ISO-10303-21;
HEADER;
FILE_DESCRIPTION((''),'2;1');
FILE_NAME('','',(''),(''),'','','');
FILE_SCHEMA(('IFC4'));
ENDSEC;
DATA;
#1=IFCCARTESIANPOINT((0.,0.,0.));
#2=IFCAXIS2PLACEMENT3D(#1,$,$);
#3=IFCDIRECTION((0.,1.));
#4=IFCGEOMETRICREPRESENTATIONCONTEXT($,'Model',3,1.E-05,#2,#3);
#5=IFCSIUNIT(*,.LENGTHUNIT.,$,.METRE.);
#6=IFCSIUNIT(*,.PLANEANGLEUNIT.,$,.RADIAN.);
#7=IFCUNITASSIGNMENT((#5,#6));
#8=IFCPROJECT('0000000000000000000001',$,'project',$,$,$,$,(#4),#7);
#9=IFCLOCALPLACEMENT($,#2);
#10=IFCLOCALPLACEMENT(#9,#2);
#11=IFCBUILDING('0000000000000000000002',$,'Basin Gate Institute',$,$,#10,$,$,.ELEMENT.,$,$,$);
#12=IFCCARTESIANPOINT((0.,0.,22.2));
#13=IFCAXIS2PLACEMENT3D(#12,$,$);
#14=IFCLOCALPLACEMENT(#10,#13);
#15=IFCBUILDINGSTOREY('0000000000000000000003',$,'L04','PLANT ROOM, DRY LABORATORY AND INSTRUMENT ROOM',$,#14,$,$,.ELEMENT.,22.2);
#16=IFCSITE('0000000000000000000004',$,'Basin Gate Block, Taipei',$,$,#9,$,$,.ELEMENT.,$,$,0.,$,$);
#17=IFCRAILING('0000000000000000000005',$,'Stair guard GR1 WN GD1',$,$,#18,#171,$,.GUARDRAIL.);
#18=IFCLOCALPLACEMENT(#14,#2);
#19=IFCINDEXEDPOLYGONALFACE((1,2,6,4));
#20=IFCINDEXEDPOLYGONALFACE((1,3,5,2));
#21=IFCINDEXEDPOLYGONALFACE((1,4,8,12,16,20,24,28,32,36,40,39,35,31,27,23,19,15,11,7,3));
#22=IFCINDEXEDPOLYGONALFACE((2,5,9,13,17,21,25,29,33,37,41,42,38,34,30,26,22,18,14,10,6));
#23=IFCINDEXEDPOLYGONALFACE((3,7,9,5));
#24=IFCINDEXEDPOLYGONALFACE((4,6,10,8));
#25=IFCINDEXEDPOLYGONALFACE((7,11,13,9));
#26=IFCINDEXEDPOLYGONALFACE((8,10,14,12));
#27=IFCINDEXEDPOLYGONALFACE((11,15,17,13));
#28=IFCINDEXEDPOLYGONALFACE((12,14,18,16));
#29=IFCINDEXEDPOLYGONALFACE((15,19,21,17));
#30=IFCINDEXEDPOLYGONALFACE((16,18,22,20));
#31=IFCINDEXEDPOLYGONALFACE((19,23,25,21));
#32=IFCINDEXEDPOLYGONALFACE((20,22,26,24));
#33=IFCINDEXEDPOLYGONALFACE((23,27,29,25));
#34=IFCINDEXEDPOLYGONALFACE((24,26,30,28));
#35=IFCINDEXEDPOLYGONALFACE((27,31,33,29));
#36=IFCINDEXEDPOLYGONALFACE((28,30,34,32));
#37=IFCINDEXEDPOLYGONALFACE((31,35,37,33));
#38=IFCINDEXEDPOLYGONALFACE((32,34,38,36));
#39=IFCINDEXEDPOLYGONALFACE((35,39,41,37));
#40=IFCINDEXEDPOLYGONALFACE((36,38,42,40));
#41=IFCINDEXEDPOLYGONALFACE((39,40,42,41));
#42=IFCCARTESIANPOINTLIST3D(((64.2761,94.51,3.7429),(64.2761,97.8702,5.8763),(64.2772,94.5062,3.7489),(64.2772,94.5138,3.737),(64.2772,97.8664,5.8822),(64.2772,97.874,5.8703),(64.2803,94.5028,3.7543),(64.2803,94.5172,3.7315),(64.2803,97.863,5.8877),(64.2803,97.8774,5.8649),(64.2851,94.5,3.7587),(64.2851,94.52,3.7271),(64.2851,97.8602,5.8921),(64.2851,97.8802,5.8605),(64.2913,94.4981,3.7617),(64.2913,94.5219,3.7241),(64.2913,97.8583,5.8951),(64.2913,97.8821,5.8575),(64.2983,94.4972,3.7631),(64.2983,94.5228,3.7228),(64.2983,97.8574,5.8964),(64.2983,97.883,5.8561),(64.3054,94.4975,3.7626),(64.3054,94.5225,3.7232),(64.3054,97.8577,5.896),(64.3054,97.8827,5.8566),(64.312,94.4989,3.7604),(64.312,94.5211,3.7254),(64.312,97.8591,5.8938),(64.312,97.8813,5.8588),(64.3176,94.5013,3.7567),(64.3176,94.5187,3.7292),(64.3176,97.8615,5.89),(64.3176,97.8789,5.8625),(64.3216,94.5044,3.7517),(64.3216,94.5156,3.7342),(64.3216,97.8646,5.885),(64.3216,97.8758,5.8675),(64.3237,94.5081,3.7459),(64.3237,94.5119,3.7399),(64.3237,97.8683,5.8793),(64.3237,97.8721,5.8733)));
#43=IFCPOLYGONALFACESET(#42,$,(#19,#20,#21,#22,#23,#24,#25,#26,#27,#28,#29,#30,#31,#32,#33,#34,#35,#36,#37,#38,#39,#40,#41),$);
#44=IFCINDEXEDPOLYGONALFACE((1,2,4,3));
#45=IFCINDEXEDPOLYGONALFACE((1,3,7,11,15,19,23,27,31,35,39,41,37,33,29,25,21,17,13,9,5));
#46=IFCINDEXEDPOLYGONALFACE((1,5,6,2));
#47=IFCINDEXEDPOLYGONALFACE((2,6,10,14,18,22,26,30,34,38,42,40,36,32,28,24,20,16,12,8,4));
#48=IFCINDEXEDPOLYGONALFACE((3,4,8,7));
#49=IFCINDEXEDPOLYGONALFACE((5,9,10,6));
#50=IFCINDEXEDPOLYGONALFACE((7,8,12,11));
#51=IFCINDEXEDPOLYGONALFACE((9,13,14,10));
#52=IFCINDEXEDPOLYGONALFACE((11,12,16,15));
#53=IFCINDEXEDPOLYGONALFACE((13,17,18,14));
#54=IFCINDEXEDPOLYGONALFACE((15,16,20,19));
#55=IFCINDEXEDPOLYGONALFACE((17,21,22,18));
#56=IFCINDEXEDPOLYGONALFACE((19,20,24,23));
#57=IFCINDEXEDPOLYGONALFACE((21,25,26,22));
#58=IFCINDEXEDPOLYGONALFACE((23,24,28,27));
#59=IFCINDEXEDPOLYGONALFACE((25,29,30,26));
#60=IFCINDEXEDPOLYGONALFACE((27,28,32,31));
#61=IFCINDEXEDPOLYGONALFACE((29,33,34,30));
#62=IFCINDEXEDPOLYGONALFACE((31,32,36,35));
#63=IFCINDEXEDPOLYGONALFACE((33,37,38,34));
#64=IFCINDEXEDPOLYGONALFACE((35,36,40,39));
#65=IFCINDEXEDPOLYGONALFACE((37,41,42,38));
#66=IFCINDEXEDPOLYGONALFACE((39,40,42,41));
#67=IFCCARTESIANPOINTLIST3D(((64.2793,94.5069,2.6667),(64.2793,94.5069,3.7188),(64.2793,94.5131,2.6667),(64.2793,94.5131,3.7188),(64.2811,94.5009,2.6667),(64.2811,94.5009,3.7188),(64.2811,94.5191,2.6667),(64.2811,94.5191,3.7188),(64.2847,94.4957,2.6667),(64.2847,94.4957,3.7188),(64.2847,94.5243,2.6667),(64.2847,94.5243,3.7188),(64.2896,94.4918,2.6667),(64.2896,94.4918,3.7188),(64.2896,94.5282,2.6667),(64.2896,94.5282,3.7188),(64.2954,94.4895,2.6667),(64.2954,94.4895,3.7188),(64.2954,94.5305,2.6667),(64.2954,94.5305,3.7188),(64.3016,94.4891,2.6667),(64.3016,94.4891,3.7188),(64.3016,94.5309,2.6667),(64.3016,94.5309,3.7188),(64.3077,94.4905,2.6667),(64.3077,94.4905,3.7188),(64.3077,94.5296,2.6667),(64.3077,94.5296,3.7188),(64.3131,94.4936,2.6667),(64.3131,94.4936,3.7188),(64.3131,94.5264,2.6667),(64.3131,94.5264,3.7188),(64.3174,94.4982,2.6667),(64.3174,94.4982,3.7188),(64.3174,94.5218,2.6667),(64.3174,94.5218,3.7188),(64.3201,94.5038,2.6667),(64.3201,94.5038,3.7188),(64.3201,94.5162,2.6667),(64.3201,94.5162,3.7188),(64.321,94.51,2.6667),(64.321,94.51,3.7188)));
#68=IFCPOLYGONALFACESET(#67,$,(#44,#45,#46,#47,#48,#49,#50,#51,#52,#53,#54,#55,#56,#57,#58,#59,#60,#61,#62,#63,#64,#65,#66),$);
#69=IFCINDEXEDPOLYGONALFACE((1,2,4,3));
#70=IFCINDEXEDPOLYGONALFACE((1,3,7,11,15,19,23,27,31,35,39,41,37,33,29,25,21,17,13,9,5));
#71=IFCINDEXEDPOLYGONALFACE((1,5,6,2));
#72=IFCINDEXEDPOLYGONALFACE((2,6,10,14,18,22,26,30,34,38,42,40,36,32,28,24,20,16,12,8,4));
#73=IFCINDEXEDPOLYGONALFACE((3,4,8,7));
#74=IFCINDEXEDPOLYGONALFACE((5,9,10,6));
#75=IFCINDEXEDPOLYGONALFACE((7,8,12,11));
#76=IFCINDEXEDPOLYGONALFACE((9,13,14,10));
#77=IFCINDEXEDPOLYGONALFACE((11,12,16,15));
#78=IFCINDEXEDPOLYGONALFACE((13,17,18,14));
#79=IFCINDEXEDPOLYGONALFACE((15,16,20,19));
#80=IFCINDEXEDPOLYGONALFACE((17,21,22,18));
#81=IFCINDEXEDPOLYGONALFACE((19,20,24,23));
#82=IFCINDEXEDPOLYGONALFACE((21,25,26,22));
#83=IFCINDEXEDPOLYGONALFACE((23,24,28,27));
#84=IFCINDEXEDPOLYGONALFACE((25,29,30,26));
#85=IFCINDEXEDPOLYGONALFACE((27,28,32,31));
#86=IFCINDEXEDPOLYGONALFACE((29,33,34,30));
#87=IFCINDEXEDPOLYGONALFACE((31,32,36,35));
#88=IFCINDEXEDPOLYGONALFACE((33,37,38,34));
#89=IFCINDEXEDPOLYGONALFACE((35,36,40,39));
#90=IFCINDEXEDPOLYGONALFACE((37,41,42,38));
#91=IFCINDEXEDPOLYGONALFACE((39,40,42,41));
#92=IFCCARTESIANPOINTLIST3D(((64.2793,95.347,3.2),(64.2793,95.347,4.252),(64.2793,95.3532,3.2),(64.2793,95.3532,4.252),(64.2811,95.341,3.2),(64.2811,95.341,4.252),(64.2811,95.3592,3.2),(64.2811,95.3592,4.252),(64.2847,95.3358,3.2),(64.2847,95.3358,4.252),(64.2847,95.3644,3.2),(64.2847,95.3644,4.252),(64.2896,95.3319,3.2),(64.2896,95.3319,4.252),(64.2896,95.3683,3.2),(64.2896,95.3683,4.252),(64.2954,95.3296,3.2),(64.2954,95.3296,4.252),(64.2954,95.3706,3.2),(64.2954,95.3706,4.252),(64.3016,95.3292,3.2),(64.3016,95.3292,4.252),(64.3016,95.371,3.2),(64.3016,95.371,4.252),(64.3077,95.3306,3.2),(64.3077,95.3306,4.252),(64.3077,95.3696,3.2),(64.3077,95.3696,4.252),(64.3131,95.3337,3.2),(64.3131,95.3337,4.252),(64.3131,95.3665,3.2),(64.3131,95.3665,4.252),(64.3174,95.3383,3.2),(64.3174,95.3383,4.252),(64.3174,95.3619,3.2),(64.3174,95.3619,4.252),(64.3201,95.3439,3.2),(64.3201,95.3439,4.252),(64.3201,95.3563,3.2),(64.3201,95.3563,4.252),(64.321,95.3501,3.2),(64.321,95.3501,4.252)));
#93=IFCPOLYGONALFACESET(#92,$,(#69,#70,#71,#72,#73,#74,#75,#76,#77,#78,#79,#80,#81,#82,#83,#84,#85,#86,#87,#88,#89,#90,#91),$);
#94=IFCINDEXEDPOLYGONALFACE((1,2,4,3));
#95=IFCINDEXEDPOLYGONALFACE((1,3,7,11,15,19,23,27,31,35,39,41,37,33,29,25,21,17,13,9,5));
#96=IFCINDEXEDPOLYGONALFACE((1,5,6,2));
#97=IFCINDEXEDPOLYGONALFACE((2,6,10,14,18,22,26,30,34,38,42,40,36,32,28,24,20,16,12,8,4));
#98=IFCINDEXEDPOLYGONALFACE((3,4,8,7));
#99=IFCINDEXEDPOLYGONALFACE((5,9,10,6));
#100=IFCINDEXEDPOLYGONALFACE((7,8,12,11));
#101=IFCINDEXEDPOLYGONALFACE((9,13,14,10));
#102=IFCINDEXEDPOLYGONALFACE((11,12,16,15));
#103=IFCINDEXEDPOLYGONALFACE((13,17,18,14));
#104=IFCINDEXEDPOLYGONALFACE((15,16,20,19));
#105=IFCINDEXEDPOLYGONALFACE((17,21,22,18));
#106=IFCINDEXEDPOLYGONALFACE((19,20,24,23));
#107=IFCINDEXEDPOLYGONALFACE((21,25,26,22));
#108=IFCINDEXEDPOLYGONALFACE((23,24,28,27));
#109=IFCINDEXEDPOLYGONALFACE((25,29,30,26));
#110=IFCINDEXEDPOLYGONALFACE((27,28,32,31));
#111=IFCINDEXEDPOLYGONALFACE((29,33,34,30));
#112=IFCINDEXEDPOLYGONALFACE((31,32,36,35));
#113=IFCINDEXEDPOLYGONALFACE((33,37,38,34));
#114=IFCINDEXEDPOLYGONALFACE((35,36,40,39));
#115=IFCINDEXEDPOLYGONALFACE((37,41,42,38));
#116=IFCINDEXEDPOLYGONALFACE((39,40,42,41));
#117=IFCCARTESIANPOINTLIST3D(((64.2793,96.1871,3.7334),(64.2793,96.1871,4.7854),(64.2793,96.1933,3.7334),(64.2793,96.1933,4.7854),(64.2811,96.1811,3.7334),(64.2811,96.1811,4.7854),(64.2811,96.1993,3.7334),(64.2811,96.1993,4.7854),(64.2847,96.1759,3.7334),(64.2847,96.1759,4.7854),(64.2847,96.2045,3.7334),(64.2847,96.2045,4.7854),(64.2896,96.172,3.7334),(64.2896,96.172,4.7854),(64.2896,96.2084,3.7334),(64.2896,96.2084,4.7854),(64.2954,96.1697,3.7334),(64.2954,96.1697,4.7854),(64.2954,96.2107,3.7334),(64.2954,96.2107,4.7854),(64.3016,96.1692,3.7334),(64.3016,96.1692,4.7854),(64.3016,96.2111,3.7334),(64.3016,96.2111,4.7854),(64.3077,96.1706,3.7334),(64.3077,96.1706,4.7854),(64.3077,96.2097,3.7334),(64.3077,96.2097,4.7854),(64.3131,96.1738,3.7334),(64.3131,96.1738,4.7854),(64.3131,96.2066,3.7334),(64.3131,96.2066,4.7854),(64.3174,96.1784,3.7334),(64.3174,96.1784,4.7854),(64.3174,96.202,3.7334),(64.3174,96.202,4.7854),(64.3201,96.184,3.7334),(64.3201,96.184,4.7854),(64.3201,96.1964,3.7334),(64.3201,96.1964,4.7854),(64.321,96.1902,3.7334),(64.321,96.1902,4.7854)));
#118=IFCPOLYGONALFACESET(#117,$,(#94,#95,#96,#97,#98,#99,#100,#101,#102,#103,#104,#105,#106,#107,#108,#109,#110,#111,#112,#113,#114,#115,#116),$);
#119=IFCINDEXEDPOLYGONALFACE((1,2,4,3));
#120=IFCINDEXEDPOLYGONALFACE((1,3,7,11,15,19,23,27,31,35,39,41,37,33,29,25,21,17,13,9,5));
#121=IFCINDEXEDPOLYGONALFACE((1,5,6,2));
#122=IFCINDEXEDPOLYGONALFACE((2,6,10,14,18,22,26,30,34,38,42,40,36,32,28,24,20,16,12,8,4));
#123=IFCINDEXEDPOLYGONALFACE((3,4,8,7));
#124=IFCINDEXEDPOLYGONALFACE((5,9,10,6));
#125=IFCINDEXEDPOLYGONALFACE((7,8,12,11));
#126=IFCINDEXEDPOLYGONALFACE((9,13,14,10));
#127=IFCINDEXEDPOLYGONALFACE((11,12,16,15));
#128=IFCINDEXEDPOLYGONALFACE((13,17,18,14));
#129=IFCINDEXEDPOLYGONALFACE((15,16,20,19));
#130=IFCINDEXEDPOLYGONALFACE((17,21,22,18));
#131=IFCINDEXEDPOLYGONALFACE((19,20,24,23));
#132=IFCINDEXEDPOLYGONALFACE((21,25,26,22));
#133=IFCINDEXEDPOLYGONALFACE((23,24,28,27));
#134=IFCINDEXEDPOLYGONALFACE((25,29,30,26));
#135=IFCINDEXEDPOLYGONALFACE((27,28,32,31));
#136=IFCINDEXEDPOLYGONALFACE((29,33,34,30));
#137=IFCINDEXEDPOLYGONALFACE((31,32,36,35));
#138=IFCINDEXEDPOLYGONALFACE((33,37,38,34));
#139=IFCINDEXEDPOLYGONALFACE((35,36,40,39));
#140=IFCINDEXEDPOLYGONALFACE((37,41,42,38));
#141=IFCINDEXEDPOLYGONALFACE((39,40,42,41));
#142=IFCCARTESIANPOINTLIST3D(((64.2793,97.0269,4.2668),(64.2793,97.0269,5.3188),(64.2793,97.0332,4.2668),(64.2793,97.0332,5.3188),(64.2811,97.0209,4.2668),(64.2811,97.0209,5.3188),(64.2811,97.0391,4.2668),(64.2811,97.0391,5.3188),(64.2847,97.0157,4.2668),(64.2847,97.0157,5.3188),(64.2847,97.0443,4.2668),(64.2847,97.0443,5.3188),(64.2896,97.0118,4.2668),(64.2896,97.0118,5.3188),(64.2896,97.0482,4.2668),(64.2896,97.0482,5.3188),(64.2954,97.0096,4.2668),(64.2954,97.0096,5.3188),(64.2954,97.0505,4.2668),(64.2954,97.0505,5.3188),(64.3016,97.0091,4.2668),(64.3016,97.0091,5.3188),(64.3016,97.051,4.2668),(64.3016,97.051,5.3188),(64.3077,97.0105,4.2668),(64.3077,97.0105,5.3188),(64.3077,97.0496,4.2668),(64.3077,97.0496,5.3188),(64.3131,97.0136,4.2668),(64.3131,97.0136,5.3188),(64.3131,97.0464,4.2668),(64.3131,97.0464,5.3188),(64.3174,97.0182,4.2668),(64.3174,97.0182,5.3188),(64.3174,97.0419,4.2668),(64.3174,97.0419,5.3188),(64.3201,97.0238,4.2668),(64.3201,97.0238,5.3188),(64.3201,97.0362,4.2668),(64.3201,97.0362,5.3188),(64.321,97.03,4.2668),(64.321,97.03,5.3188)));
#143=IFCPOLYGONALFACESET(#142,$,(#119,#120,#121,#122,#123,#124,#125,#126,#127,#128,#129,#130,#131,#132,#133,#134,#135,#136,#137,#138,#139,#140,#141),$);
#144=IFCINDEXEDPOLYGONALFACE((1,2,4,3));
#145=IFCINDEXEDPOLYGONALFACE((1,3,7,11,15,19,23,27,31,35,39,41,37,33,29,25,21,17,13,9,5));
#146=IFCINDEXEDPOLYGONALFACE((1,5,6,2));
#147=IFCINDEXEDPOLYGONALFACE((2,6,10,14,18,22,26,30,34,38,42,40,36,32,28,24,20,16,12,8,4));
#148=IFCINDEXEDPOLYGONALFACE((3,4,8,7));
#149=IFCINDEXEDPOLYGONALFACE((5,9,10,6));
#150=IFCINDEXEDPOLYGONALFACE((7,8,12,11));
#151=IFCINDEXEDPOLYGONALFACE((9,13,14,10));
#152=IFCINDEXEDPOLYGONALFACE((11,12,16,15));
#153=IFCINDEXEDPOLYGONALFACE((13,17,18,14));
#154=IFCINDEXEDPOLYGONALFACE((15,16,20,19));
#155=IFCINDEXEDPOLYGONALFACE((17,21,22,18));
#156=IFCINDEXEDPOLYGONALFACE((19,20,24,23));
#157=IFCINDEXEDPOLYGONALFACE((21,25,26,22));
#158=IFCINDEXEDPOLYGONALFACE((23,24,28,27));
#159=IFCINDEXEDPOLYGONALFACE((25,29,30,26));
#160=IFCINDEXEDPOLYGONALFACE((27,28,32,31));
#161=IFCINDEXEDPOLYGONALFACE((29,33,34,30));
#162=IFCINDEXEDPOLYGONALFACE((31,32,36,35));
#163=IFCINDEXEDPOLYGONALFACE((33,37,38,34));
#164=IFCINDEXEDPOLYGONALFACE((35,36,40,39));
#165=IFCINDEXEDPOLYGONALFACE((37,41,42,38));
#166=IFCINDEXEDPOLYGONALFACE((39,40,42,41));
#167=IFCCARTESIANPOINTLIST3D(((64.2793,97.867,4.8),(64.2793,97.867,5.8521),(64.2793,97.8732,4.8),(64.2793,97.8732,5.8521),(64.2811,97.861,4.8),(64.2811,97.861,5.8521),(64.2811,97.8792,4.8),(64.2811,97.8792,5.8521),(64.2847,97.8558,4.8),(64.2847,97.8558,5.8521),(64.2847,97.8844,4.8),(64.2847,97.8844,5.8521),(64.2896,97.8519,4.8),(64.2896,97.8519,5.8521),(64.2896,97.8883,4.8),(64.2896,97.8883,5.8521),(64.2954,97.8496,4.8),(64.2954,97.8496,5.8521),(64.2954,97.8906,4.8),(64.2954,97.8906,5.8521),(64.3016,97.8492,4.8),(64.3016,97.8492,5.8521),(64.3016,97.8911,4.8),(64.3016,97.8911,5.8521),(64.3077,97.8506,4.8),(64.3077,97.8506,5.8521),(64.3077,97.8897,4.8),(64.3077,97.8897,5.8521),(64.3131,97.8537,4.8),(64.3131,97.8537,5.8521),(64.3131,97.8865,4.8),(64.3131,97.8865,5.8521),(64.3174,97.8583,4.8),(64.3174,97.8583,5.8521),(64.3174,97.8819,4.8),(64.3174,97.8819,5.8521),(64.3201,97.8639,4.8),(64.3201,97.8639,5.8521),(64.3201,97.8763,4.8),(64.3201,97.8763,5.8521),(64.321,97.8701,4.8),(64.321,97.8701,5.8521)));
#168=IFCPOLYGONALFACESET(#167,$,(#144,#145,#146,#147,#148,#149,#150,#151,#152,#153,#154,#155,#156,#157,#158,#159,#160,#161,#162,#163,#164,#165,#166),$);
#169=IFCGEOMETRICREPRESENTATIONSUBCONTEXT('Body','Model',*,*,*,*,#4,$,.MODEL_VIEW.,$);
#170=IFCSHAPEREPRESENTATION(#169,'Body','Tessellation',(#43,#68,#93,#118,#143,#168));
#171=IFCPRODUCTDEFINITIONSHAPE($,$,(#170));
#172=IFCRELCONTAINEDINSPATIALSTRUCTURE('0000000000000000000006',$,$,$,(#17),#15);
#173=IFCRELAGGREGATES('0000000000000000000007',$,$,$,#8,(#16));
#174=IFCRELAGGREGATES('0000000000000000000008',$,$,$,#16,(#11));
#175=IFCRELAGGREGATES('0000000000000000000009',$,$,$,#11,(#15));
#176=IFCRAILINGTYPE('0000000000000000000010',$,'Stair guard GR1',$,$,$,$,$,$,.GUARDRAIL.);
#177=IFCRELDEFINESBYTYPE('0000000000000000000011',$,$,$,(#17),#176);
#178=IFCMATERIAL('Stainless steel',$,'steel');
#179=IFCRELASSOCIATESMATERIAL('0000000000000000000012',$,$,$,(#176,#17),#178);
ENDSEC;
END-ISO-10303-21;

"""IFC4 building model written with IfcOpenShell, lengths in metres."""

from ifc_helpers import new_model, si_unit, direction, frame, origin, origin_2d, place, context, subcontext, project, spatial, circle, extrude, material, type_object, element, save


model = new_model("IFC4")

# Units and contexts
model_context = context("Model", 3, precision=1e-05, world=origin(), true_north=direction((0.0, 1.0)))
body_context = subcontext(model_context, "Body", "Model", "MODEL_VIEW")
ifc_project = project(units=[si_unit("LENGTHUNIT", "METRE"), si_unit("PLANEANGLEUNIT", "RADIAN")], contexts=[model_context])

# Site, building, storey
site_placement = place(None, origin())
site = spatial("IfcSite", under=ifc_project, at=site_placement, Name="Basin Gate Block, Taipei", CompositionType="ELEMENT", RefElevation=0.0)
building_placement = place(site_placement, origin())
building = spatial("IfcBuilding", under=site, at=building_placement, Name="Basin Gate Institute", CompositionType="ELEMENT")
storey_placement = place(building_placement, frame((0.0, 0.0, 22.2)))
storey = spatial("IfcBuildingStorey", under=building, at=storey_placement, Name="L04", Description="PLANT ROOM, DRY LABORATORY AND INSTRUMENT ROOM", CompositionType="ELEMENT", Elevation=22.2)

# Railing
ifc_material_1 = material(Name="Stainless steel", Category="steel")
railing_type_1 = type_object("IfcRailingType", Name="Stair guard GR1", PredefinedType="GUARDRAIL", material=ifc_material_1)
railing_1_placement = place(storey_placement, frame((64.3, 94.51, 2.6667)))
element("IfcRailing", 1, at=railing_1_placement, inside=storey, type_object=railing_type_1, material=ifc_material_1, Name="Stair guard GR1 WN GD1", PredefinedType="GUARDRAIL", context=body_context, shape_type="SweptSolid", body=[
    extrude(circle(Radius=0.0239, at=origin_2d()), frame((0.0, 0.0, 1.0762), z_axis=(0.0, 0.844224, 0.53599), x_axis=(-1.0, 0.0, 0.0)), (0.0, 0.0, 1.0), 3.9802),
    extrude(circle(Radius=0.021, at=origin_2d()), origin(), (0.0, 0.0, 1.0), 1.052),
    extrude(circle(Radius=0.021, at=origin_2d()), frame((0.0, 0.8401, 0.5332)), (0.0, 0.0, 1.0), 1.052),
    extrude(circle(Radius=0.021, at=origin_2d()), frame((0.0, 1.6802, 1.0667)), (0.0, 0.0, 1.0), 1.052),
    extrude(circle(Radius=0.021, at=origin_2d()), frame((0.0, 2.52, 1.6001)), (0.0, 0.0, 1.0), 1.052),
    extrude(circle(Radius=0.021, at=origin_2d()), frame((0.0, 3.3601, 2.1333)), (0.0, 0.0, 1.0), 1.052),
])

save(model, "model.ifc")
